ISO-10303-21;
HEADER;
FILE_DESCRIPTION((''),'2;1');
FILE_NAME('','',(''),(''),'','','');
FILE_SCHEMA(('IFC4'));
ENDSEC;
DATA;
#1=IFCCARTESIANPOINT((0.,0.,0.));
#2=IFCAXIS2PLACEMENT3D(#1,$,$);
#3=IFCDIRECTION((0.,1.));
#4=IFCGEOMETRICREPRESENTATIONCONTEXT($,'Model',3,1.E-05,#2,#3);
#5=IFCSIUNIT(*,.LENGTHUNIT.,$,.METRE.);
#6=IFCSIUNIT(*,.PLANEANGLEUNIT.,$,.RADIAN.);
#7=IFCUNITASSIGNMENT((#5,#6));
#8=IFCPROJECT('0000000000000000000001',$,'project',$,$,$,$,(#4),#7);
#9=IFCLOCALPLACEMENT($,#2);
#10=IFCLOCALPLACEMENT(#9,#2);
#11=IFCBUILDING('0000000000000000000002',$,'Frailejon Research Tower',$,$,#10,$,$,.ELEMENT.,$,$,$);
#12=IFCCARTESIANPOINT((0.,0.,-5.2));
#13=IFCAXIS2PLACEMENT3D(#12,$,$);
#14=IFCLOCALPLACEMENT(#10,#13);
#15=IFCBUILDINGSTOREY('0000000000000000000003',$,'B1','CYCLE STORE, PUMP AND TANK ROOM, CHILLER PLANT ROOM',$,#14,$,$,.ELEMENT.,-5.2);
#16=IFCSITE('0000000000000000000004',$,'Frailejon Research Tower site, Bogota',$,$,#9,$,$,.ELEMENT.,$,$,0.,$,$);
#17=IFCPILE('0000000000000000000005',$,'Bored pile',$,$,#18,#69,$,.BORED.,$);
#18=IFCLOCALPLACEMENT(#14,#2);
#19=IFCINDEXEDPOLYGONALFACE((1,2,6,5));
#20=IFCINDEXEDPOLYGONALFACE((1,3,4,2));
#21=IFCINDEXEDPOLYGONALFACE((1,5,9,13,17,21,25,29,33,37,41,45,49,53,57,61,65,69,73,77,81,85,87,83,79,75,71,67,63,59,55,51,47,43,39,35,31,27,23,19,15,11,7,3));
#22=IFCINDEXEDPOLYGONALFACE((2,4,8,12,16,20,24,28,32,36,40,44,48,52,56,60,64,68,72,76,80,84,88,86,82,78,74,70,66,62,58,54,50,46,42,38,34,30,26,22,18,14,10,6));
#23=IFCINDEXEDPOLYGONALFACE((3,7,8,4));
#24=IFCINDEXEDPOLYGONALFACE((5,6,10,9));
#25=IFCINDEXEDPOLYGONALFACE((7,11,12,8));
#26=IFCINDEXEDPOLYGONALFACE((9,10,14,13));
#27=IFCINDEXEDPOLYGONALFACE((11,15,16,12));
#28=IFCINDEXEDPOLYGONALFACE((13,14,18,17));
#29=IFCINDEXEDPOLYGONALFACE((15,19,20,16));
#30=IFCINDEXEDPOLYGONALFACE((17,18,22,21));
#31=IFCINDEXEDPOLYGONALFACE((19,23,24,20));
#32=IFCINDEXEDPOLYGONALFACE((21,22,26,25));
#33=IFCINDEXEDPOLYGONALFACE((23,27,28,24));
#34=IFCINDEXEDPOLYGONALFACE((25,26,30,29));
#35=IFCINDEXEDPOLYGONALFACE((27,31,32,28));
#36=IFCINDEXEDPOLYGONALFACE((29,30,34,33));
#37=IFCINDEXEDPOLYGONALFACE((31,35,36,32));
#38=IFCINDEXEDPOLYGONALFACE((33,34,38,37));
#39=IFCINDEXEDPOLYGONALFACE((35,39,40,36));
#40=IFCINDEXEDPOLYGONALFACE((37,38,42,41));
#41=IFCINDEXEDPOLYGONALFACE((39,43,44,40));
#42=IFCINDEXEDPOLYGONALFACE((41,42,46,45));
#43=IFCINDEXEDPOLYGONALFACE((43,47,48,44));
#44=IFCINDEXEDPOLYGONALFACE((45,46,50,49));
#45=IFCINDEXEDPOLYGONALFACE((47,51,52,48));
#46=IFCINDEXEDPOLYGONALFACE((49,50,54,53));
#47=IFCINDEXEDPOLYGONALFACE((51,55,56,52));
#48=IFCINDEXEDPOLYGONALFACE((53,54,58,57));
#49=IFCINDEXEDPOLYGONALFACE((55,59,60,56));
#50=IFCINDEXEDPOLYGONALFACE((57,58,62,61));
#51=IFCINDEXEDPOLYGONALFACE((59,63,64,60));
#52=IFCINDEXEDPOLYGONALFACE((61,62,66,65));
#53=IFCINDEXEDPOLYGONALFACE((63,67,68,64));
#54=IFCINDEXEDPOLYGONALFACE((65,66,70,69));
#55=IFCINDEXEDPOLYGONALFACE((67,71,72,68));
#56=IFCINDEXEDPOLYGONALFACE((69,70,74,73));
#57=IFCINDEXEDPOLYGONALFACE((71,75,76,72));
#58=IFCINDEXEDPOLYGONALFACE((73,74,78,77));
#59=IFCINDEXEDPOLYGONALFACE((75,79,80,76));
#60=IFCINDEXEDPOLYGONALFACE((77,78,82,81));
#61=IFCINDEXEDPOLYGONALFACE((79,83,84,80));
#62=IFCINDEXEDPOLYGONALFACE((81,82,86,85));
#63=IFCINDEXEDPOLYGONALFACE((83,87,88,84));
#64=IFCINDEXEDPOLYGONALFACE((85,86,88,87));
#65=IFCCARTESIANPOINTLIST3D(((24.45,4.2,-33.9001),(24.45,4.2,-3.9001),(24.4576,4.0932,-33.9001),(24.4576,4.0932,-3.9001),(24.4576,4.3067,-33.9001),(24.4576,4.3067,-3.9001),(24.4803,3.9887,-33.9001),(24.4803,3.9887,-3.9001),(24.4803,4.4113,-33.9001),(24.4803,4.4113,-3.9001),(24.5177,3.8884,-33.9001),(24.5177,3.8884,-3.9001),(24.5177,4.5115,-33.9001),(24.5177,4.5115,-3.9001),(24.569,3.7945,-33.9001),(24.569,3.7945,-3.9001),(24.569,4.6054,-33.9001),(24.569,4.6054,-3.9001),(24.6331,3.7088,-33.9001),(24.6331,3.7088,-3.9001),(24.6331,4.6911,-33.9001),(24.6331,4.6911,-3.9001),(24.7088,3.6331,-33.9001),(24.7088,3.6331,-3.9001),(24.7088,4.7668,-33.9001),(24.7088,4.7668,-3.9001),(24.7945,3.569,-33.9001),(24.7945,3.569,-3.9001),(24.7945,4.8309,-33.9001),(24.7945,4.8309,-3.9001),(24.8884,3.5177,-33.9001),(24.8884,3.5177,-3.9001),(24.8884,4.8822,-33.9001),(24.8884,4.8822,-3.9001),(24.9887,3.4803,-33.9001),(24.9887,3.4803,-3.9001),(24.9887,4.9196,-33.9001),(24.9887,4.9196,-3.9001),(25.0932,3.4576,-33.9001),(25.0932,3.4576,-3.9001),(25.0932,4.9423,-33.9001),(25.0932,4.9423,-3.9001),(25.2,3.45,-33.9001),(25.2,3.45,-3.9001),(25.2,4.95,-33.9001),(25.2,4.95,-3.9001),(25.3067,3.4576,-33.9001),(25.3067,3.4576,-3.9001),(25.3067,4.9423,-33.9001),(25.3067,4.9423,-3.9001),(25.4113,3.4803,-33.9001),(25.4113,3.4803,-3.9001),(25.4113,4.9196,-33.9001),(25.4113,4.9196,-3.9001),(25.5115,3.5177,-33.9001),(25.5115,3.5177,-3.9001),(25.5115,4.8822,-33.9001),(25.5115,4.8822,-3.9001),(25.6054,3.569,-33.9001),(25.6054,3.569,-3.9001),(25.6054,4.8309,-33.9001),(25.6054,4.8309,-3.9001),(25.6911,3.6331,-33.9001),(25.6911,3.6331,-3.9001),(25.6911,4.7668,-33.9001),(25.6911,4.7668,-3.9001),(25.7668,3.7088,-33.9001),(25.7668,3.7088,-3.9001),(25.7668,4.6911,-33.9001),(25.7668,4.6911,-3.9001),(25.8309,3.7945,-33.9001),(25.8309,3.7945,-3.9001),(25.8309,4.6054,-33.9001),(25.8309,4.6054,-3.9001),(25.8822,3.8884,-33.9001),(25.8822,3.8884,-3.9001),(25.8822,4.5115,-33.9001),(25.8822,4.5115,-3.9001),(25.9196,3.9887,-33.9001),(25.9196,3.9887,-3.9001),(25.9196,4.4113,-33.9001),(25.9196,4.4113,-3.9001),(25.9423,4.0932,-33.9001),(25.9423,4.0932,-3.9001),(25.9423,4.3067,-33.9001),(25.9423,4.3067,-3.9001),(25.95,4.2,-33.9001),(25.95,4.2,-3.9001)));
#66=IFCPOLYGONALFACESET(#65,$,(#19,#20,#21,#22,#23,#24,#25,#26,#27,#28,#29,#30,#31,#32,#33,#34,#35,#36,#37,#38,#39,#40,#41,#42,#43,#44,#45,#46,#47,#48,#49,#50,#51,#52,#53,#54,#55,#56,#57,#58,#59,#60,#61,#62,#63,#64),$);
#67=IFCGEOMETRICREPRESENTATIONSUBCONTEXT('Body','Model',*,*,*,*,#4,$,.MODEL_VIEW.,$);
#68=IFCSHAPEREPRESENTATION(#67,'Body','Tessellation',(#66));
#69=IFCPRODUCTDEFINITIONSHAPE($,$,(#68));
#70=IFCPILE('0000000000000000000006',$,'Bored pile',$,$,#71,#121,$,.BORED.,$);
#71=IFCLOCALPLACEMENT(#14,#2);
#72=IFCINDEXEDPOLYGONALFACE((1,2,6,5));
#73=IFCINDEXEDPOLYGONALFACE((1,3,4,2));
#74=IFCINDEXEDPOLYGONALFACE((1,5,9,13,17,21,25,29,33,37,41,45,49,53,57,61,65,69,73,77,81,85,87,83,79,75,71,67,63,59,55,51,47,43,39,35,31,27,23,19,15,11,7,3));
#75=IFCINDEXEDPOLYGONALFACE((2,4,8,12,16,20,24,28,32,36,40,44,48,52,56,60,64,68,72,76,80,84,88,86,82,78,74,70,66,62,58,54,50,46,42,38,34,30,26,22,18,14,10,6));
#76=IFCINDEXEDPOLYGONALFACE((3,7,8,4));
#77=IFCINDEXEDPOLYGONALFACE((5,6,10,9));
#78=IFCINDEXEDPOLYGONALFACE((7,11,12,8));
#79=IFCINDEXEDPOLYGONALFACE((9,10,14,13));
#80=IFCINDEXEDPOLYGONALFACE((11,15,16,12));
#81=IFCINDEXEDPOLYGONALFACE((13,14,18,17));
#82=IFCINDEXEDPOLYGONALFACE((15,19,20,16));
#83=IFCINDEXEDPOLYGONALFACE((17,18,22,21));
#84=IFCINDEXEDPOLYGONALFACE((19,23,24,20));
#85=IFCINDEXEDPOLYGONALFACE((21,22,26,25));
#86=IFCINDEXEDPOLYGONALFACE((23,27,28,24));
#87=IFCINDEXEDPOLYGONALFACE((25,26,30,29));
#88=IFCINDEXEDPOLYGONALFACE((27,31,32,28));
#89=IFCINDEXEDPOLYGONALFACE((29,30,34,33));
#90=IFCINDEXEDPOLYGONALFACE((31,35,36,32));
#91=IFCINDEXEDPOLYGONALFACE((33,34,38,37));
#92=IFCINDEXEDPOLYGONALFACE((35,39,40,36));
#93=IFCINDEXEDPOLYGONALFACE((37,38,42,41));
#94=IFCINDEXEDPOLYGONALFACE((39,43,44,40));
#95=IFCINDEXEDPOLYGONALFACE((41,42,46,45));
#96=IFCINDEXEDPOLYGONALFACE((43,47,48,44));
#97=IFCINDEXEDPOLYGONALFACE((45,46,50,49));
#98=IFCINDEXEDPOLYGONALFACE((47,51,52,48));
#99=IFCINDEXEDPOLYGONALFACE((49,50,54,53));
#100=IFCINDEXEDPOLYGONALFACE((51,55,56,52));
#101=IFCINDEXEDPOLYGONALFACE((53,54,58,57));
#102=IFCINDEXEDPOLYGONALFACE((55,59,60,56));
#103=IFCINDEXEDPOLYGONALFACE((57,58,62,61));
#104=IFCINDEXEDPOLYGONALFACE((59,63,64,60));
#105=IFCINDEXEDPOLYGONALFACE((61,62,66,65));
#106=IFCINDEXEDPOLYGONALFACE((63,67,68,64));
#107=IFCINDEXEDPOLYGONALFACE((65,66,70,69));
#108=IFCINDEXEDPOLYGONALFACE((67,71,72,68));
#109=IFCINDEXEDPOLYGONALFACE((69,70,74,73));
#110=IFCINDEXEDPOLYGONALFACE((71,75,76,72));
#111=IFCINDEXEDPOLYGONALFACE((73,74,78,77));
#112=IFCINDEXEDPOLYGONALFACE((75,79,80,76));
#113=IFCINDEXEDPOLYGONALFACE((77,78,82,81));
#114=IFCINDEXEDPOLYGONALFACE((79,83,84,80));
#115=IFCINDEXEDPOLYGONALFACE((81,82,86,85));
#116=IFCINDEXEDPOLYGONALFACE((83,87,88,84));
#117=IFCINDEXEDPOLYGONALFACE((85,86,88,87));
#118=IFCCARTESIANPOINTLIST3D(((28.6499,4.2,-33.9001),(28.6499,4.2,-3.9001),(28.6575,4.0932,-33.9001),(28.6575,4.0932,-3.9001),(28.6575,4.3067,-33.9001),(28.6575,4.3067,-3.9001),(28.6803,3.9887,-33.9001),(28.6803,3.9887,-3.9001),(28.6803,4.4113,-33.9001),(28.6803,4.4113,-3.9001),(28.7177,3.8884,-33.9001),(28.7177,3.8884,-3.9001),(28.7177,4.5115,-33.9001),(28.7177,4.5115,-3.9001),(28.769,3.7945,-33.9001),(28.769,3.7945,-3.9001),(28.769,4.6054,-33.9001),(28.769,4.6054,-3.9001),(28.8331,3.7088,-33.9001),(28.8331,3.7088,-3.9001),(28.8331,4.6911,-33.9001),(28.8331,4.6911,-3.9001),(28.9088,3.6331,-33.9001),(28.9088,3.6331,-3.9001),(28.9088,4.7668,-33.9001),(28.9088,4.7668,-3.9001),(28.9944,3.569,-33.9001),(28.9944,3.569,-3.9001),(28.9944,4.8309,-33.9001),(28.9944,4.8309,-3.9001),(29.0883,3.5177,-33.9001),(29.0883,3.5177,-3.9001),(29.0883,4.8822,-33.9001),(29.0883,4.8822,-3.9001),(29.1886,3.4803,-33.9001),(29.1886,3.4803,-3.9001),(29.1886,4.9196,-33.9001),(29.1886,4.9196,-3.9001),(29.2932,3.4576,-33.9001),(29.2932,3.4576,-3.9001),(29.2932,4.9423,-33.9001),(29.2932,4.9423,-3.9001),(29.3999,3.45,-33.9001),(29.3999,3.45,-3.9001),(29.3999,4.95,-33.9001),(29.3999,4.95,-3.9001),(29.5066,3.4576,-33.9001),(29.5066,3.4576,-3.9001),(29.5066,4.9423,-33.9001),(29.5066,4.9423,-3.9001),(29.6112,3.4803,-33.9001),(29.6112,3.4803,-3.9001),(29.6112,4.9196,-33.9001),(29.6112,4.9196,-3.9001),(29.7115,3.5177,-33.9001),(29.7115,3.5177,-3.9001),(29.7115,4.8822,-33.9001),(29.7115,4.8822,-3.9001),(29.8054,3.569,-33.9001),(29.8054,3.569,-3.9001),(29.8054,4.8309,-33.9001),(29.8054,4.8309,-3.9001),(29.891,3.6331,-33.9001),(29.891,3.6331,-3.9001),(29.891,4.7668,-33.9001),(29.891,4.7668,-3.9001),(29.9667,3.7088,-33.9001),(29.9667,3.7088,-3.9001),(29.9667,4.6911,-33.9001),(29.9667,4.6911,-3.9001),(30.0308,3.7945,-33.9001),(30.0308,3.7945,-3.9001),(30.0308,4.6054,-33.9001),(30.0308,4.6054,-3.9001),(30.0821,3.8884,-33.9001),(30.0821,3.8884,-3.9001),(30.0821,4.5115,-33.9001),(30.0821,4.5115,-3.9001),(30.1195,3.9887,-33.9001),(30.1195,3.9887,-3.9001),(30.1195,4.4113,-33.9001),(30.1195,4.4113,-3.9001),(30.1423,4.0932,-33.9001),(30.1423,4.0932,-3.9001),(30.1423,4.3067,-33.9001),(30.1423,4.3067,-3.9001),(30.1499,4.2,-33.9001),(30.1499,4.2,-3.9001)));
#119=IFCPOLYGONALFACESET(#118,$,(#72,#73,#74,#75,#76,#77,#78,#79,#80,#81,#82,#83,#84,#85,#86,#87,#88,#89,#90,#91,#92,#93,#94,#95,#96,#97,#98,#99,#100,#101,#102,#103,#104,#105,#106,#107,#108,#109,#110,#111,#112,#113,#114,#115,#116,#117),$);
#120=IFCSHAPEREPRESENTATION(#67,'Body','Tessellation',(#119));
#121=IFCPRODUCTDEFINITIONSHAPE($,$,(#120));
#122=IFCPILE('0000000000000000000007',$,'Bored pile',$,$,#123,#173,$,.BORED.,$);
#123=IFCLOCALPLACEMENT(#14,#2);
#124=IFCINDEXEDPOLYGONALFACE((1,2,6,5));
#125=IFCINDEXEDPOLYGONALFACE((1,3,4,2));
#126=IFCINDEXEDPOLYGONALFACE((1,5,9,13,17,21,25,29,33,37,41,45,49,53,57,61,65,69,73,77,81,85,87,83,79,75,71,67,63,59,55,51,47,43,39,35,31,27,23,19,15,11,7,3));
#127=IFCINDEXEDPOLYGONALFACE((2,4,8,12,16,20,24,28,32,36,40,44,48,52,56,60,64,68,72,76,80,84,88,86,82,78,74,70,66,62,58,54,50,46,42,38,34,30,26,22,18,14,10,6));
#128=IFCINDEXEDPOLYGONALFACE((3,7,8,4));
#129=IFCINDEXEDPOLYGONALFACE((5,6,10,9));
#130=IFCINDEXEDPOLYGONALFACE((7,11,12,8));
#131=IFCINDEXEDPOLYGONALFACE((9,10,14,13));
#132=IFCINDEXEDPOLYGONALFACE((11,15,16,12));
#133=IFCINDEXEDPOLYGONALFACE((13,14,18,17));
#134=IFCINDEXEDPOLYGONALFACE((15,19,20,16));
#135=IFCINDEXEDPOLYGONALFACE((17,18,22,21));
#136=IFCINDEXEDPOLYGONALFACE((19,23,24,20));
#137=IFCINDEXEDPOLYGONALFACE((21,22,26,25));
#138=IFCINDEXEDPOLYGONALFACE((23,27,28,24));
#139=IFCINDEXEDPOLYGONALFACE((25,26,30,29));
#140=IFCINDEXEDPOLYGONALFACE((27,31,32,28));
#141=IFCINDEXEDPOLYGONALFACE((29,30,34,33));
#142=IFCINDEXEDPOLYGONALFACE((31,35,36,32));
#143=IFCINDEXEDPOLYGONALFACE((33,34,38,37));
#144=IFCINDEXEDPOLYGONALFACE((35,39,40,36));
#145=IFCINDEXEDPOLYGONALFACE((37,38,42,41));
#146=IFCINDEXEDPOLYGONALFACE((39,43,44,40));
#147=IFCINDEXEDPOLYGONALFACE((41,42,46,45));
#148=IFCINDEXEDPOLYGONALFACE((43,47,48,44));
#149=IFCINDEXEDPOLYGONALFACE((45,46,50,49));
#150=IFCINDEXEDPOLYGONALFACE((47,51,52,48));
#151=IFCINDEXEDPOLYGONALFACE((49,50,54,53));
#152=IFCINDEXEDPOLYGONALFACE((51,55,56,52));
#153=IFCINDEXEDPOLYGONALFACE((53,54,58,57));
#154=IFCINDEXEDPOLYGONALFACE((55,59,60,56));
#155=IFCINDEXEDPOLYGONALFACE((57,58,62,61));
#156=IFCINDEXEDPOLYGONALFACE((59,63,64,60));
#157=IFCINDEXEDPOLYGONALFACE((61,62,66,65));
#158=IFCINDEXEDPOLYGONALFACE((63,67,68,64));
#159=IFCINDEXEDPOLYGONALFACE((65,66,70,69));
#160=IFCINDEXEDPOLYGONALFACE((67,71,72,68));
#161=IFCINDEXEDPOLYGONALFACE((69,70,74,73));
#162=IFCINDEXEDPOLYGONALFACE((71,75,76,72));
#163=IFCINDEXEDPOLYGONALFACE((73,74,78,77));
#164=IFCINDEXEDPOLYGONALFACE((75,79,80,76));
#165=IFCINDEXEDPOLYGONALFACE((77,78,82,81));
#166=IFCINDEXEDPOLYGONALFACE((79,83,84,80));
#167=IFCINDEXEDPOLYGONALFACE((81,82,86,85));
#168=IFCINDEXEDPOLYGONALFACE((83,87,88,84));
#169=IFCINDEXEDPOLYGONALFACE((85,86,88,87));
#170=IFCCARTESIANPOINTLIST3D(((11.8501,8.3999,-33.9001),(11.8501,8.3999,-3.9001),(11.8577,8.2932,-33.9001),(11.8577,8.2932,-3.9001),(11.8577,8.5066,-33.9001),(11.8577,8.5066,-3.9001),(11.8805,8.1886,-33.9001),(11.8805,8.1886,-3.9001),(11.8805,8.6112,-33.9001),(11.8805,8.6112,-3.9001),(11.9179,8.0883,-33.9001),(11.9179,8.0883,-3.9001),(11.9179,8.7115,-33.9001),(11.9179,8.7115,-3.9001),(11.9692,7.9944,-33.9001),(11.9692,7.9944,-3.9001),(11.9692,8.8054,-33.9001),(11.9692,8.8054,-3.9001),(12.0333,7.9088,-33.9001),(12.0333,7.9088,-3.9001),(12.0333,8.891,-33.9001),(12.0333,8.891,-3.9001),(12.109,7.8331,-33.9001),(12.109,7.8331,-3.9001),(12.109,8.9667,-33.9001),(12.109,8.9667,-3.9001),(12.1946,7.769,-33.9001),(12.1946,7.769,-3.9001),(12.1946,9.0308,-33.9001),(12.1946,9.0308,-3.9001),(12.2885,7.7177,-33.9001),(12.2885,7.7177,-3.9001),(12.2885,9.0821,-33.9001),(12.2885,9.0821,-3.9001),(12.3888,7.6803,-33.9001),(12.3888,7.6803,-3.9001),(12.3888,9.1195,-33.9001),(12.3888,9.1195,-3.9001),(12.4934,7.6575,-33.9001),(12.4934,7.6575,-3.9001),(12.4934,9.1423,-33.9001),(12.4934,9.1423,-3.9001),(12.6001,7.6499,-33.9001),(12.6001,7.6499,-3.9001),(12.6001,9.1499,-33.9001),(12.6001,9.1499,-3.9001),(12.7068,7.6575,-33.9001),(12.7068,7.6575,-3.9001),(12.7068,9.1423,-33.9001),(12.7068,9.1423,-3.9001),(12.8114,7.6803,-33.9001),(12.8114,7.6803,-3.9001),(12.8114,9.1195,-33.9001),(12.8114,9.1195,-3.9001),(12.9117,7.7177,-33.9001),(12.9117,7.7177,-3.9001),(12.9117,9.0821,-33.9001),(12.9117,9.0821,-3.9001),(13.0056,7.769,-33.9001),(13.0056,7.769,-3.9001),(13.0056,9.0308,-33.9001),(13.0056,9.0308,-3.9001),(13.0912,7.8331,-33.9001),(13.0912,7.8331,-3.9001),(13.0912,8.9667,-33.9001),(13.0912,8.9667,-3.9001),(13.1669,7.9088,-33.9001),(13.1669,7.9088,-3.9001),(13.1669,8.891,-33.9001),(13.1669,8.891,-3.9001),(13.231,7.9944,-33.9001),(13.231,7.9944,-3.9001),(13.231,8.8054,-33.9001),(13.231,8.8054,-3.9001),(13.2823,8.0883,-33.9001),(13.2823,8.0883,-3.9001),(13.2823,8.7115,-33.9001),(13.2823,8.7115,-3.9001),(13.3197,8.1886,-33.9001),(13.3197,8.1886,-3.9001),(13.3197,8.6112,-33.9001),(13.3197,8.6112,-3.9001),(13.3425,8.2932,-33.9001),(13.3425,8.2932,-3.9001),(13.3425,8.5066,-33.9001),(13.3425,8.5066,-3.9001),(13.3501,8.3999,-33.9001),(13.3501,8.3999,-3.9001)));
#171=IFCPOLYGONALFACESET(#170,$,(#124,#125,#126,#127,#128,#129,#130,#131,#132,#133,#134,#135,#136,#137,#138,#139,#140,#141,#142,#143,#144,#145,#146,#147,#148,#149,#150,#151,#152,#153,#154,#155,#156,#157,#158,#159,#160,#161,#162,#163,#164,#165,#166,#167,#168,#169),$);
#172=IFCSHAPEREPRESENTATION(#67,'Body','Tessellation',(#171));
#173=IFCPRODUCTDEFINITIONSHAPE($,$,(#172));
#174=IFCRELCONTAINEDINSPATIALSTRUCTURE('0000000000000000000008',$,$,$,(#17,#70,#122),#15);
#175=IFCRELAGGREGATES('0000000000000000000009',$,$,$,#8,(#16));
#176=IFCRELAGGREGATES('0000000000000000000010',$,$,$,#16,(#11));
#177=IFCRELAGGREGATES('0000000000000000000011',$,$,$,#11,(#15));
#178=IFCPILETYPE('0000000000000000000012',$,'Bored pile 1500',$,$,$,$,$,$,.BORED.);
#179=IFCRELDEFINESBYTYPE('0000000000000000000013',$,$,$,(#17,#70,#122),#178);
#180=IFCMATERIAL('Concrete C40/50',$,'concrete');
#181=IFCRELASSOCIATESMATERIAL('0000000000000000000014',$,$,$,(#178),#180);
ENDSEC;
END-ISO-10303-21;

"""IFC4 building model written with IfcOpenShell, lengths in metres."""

from ifc_helpers import new_model, si_unit, direction, frame, origin, origin_2d, place, context, subcontext, project, spatial, circle, extrude, material, material_profile, profile_set, type_object, element, save


model = new_model("IFC4")

# Units and contexts
model_context = context("Model", 3, precision=1e-05, world=origin(), true_north=direction((0.0, 1.0)))
body_context = subcontext(model_context, "Body", "Model", "MODEL_VIEW")
ifc_project = project(units=[si_unit("LENGTHUNIT", "METRE"), si_unit("PLANEANGLEUNIT", "RADIAN")], contexts=[model_context])

# Site, building, storey
site_placement = place(None, origin())
site = spatial("IfcSite", under=ifc_project, at=site_placement, Name="Frailejon Research Tower site, Bogota", CompositionType="ELEMENT", RefElevation=0.0)
building_placement = place(site_placement, origin())
building = spatial("IfcBuilding", under=site, at=building_placement, Name="Frailejon Research Tower", CompositionType="ELEMENT")
storey_placement = place(building_placement, frame((0.0, 0.0, -5.2)))
storey = spatial("IfcBuildingStorey", under=building, at=storey_placement, Name="B1", Description="CYCLE STORE, PUMP AND TANK ROOM, CHILLER PLANT ROOM", CompositionType="ELEMENT", Elevation=-5.2)

# Piles
ifc_material_1 = material(Name="Concrete C40/50", Category="concrete")
ifc_material_profile_1 = material_profile(ifc_material_1, circle(Radius=0.75, at=origin_2d()), Name="Bored pile 1500")
ifc_profile_set_1 = profile_set([ifc_material_profile_1], Name="Concrete C40/50")
pile_type = type_object("IfcPileType", Name="Bored pile 1500", PredefinedType="BORED", material=ifc_profile_set_1)
for number, where, z_axis, x_axis, name in (
    (1, (25.2, 4.2, -3.9001), (0.0, 0.0, -1.0), (1.0, 0.0, 0.0), "Bored pile"),
    (2, (29.3999, 4.2, -3.9001), (0.0, 0.0, -1.0), (1.0, 0.0, 0.0), "Bored pile"),
    (3, (12.6001, 8.3999, -3.9001), (0.0, 0.0, -1.0), (1.0, 0.0, 0.0), "Bored pile"),
):
    element("IfcPile", number, at=place(storey_placement, frame(where, z_axis=z_axis, x_axis=x_axis)), inside=storey, type_object=pile_type, Name=name, PredefinedType="BORED", context=body_context, shape_type="SweptSolid", body=[
        extrude(circle(Radius=0.75, at=origin_2d()), origin(), (0.0, 0.0, 1.0), 30.0),
    ])

save(model, "model.ifc")
